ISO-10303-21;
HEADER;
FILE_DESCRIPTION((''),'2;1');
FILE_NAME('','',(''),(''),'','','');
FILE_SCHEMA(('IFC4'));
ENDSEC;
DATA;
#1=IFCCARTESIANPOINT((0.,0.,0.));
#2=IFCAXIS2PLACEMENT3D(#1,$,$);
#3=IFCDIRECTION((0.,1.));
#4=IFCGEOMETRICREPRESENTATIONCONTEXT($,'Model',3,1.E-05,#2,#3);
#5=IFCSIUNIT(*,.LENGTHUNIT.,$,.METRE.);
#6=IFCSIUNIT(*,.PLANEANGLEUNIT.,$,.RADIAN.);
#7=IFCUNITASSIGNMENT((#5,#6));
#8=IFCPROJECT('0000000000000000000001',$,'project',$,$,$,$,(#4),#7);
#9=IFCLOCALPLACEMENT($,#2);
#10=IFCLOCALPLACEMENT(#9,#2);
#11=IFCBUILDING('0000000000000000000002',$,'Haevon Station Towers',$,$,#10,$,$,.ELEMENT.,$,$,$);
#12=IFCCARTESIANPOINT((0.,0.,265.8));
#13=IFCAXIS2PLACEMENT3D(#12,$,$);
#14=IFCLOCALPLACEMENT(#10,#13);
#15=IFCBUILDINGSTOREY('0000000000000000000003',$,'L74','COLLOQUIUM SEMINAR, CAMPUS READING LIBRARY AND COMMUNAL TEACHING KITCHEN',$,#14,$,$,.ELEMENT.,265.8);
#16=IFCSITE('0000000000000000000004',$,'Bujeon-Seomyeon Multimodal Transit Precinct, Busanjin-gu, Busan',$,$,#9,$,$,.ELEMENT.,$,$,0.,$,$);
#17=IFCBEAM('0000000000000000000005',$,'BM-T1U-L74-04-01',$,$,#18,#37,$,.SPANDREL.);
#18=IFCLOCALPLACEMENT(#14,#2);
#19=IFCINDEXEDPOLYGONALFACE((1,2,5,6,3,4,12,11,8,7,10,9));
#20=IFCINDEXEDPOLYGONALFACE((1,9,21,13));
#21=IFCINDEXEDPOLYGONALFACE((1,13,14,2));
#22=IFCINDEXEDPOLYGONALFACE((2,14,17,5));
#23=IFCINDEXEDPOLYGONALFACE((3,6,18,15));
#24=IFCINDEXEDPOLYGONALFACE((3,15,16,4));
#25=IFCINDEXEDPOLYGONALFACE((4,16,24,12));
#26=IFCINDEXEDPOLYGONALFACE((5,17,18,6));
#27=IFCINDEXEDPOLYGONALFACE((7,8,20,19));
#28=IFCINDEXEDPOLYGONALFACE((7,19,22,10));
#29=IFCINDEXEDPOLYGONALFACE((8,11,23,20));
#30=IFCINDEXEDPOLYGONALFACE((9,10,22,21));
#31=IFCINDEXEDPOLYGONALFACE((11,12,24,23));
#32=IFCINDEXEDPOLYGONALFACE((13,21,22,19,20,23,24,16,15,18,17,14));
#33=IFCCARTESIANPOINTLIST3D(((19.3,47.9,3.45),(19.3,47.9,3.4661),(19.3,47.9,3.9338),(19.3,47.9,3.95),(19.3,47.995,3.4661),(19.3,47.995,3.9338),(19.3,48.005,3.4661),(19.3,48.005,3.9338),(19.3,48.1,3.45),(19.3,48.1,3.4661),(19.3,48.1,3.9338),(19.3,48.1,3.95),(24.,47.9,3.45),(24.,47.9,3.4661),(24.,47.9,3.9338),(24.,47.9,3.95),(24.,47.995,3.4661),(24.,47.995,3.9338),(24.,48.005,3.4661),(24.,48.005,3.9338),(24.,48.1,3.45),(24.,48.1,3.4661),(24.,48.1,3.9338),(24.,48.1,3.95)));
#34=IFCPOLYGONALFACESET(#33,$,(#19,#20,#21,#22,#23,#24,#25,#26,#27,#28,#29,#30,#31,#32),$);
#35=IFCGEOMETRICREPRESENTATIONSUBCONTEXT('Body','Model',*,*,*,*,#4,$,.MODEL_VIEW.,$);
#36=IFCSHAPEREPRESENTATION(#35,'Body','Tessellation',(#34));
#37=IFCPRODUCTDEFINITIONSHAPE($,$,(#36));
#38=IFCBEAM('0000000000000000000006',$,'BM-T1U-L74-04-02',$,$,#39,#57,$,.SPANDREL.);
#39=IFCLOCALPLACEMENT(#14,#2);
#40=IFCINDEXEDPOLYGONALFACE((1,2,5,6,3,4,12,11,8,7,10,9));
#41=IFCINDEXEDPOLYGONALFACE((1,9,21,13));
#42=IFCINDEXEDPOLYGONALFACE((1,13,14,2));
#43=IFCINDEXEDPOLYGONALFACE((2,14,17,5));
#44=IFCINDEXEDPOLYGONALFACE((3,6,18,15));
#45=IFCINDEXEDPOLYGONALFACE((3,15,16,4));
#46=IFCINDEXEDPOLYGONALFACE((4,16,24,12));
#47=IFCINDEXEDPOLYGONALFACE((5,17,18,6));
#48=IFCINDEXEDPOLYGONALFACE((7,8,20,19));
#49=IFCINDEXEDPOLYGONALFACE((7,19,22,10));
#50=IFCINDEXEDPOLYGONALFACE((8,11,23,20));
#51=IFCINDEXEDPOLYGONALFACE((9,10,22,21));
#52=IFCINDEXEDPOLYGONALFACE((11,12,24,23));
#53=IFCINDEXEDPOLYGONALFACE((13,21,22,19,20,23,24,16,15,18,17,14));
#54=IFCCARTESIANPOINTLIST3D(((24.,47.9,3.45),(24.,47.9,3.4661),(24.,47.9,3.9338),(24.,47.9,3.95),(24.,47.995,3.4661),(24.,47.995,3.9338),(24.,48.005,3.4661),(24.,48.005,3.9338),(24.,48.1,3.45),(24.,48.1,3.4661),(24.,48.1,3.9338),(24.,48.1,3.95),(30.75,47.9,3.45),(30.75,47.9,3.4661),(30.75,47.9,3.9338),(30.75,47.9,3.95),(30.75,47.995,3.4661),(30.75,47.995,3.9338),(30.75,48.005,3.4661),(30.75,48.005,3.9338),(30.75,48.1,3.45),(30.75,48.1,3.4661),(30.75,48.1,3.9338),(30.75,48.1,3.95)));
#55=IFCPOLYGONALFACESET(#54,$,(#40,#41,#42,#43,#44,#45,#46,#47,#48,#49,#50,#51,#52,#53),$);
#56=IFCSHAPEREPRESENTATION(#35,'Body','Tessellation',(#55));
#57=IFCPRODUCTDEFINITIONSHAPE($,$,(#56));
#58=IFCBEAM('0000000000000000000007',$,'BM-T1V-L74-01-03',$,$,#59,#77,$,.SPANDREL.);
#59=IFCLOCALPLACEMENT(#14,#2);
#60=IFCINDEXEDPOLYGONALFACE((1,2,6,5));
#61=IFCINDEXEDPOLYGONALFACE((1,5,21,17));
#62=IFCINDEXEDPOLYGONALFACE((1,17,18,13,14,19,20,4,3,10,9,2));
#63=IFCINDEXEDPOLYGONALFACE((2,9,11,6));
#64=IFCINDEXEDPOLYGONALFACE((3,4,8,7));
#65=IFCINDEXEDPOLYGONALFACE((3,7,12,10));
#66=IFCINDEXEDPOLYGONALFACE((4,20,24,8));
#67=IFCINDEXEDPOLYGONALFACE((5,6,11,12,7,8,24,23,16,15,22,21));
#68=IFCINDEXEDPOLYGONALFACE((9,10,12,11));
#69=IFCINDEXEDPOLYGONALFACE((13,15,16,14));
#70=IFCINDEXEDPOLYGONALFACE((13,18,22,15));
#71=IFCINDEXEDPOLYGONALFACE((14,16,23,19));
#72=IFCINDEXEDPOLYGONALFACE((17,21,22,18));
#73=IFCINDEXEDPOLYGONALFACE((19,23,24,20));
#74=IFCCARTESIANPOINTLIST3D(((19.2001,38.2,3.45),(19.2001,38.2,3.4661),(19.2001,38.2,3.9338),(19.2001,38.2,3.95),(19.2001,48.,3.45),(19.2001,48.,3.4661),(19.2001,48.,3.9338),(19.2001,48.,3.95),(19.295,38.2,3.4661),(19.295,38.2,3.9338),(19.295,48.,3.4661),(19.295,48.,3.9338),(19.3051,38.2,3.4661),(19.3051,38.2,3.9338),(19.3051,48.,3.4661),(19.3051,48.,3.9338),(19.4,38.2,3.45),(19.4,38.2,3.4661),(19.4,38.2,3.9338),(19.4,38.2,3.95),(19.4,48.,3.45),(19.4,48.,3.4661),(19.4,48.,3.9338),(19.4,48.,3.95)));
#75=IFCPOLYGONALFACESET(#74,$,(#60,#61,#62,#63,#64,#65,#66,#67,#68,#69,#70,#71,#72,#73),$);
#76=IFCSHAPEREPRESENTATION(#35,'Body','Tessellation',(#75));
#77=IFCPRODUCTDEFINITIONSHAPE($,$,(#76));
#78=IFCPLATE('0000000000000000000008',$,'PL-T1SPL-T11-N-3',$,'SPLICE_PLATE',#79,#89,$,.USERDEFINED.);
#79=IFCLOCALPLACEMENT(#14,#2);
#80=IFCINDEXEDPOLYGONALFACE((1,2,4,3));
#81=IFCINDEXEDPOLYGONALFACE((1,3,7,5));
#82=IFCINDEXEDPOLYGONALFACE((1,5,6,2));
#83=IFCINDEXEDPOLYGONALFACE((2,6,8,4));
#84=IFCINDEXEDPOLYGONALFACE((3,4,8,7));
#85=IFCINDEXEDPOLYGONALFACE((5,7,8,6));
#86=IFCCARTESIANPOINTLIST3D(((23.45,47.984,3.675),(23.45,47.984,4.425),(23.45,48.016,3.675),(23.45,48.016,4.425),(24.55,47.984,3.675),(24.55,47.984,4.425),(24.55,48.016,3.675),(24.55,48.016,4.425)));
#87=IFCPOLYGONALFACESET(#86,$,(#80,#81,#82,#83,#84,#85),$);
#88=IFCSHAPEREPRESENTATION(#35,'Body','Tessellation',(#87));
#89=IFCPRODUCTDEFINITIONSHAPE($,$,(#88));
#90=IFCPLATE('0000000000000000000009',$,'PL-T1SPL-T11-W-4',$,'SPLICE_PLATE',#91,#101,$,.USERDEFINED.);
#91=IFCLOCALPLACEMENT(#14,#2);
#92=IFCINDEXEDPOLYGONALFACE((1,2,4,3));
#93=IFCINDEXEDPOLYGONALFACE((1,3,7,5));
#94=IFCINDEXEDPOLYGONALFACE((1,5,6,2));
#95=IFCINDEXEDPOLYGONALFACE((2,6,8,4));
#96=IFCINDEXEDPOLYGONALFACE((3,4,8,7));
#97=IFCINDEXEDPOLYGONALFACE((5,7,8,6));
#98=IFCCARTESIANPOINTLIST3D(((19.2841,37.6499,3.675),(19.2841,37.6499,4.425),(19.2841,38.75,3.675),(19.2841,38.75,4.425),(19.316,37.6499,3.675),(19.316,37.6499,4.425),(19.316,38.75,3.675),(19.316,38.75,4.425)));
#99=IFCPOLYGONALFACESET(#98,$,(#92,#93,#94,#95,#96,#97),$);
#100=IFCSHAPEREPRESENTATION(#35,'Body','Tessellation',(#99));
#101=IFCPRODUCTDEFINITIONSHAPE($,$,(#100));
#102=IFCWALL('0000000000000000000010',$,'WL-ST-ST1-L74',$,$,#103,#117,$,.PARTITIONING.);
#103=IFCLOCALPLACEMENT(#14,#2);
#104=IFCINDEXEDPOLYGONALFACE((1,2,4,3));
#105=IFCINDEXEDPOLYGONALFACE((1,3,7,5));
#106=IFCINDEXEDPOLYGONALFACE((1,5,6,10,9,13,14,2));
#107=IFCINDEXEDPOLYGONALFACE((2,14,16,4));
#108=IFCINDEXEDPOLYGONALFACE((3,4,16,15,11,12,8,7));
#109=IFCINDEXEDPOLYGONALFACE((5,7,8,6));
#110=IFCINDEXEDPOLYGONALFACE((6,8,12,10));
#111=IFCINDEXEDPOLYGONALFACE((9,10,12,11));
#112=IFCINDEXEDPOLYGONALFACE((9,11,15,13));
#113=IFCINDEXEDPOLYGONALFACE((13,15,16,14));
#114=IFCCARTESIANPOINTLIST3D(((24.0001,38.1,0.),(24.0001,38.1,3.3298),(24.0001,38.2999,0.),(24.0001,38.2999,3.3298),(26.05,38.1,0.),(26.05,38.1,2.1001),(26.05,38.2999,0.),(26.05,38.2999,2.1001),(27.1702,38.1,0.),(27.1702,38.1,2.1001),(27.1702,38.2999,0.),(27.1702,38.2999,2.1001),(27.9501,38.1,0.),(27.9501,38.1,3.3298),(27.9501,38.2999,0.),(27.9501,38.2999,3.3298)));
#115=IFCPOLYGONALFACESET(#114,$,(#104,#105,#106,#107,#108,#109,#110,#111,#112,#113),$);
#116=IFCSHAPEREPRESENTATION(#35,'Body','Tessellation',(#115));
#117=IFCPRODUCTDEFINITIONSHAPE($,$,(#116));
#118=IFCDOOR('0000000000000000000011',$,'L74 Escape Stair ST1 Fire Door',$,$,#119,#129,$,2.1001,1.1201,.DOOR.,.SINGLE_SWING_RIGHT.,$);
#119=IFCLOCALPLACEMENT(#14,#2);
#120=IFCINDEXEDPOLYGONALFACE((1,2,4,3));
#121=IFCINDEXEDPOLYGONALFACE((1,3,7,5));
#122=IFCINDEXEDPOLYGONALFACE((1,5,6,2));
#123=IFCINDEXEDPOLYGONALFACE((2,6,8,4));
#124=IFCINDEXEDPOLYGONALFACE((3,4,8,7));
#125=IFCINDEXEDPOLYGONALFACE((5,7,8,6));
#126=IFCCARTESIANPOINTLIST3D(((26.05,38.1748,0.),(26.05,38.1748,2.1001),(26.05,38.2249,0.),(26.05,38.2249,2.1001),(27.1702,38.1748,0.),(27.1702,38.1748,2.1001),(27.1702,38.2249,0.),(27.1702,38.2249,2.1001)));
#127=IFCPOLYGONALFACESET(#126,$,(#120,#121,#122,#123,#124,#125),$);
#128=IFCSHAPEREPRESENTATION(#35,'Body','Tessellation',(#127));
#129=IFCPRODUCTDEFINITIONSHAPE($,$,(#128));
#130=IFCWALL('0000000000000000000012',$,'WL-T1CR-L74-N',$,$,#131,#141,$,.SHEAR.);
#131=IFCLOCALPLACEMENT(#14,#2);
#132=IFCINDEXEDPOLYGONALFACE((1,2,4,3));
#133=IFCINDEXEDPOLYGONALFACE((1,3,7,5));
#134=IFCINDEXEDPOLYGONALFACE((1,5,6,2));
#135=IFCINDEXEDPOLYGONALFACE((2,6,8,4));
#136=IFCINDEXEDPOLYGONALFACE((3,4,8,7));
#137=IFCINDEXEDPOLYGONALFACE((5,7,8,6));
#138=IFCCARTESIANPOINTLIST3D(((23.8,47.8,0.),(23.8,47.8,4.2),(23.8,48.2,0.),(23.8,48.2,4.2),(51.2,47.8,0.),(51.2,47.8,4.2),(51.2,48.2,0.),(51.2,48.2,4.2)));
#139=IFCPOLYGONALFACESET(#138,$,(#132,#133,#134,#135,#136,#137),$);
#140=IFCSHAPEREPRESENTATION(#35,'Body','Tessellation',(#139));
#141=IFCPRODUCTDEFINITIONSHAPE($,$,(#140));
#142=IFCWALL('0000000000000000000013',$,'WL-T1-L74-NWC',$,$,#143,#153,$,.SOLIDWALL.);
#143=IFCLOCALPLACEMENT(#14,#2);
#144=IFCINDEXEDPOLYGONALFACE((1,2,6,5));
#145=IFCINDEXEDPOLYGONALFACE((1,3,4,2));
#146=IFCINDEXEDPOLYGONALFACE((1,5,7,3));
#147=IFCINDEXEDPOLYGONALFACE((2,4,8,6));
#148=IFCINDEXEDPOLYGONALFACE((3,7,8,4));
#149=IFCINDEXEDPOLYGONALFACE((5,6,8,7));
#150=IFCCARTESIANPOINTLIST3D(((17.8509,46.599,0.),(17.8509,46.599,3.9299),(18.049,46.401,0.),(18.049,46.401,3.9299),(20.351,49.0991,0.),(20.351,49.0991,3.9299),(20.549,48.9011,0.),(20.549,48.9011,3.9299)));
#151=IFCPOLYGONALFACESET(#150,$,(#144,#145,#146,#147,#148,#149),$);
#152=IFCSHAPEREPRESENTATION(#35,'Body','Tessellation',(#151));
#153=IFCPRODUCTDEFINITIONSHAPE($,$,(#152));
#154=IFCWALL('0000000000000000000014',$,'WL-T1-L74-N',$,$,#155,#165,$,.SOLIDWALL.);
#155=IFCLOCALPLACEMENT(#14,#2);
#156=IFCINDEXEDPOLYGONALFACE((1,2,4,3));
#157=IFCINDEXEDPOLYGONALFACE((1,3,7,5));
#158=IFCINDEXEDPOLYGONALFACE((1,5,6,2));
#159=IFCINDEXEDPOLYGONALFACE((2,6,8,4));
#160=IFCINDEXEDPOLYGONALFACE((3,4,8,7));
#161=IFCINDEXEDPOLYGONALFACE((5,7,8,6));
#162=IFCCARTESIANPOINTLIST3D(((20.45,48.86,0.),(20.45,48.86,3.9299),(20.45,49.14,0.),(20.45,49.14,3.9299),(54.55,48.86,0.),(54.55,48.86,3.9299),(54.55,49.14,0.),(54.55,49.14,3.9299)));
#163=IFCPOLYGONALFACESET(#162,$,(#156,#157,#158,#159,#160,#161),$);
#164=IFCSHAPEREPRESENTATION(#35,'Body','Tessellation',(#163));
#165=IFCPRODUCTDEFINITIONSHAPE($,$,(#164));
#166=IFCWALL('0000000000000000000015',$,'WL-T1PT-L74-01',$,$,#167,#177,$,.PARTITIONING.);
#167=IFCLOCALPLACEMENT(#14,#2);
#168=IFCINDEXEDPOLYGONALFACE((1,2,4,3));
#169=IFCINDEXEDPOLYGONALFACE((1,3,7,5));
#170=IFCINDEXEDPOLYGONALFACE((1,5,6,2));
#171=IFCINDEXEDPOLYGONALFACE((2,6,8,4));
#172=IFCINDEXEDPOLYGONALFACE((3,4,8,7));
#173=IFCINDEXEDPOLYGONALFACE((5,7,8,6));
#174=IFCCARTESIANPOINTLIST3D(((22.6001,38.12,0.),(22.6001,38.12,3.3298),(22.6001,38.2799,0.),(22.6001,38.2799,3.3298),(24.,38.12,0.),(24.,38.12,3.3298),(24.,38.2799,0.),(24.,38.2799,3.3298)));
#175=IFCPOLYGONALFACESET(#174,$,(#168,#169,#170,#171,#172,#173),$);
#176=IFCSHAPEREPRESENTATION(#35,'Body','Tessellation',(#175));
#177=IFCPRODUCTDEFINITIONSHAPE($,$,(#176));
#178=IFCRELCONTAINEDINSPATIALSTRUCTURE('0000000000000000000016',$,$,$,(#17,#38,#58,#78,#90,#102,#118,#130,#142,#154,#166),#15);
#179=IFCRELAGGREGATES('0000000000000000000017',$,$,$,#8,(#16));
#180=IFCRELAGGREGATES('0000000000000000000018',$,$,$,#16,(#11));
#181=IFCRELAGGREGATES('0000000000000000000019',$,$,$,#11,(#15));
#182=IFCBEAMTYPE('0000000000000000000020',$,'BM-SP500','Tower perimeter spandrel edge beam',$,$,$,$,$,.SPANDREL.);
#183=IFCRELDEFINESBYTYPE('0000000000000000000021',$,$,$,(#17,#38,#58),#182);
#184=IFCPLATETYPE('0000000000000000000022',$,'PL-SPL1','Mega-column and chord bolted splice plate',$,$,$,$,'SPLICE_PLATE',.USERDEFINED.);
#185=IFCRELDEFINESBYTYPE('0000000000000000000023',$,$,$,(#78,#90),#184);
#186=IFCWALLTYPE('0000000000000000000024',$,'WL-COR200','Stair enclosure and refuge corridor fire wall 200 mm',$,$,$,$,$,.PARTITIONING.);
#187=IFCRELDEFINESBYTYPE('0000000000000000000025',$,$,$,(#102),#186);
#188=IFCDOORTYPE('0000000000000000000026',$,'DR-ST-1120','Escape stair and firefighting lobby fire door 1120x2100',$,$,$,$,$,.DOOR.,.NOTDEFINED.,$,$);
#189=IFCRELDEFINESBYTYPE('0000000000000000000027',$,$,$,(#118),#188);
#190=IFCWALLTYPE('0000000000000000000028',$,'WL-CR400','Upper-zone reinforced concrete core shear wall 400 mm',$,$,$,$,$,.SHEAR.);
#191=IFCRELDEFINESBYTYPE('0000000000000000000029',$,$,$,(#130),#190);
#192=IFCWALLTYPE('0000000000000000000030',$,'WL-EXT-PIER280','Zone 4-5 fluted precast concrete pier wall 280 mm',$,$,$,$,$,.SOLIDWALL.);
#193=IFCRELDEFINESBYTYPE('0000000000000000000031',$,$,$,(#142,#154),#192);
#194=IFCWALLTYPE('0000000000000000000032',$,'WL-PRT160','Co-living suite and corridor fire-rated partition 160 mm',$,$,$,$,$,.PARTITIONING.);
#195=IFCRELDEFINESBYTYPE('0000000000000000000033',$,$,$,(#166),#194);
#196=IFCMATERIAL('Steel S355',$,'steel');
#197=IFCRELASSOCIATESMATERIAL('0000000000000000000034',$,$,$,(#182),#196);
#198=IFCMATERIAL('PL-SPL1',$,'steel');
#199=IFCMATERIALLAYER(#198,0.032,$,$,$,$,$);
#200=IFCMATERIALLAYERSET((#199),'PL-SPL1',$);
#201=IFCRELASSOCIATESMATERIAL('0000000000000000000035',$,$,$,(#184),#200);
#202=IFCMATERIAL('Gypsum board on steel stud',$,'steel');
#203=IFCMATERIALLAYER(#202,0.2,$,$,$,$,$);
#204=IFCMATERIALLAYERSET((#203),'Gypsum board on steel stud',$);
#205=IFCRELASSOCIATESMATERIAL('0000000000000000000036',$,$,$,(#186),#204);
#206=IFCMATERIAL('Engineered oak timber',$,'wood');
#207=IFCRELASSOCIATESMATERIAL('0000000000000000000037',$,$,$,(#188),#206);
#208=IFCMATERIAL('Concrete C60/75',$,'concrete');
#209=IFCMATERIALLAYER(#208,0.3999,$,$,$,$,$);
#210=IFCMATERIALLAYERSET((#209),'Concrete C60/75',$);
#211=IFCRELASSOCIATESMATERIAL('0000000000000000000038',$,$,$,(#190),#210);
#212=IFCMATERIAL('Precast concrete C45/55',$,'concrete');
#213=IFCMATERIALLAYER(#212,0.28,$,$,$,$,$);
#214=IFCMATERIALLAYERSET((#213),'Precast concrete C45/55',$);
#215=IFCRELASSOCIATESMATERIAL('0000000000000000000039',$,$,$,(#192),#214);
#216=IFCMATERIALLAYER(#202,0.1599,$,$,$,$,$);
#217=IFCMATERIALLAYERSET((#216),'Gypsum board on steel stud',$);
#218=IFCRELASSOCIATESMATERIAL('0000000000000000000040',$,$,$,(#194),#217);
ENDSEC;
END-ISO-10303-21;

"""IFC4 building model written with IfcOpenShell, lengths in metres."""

from ifc_helpers import new_model, si_unit, direction, frame, frame_2d, origin, origin_2d, place, context, subcontext, project, spatial, rectangle, i_section, extrude, material, layer, layer_set, material_profile, profile_set, type_object, element, fill, save


model = new_model("IFC4")

# Units and contexts
model_context = context("Model", 3, precision=1e-05, world=origin(), true_north=direction((0.0, 1.0)))
body_context = subcontext(model_context, "Body", "Model", "MODEL_VIEW")
ifc_project = project(units=[si_unit("LENGTHUNIT", "METRE"), si_unit("PLANEANGLEUNIT", "RADIAN")], contexts=[model_context])

# Site, building, storey
site_placement = place(None, origin())
site = spatial("IfcSite", under=ifc_project, at=site_placement, Name="Bujeon-Seomyeon Multimodal Transit Precinct, Busanjin-gu, Busan", CompositionType="ELEMENT", RefElevation=0.0)
building_placement = place(site_placement, origin())
building = spatial("IfcBuilding", under=site, at=building_placement, Name="Haevon Station Towers", CompositionType="ELEMENT")
storey_placement = place(building_placement, frame((0.0, 0.0, 265.8)))
storey = spatial("IfcBuildingStorey", under=building, at=storey_placement, Name="L74", Description="COLLOQUIUM SEMINAR, CAMPUS READING LIBRARY AND COMMUNAL TEACHING KITCHEN", CompositionType="ELEMENT", Elevation=265.8)

# Shared definitions
ifc_material_1 = material(Name="Steel S355", Category="steel")

# Beams
ifc_material_profile_1 = material_profile(ifc_material_1, i_section(OverallWidth=0.2, OverallDepth=0.5, WebThickness=0.01, FlangeThickness=0.0161, at=origin_2d()), Name="H-500x200x10x16")
ifc_profile_set_1 = profile_set([ifc_material_profile_1], Name="Steel S355")
beam_type_1 = type_object("IfcBeamType", Name="BM-SP500", Description="Tower perimeter spandrel edge beam", PredefinedType="SPANDREL", material=ifc_profile_set_1)
beam_1_placement = place(storey_placement, frame((19.3, 48.0, 3.7), z_axis=(1.0, 0.0, 0.0), x_axis=(0.0, 1.0, 0.0)))
element("IfcBeam", 1, at=beam_1_placement, inside=storey, type_object=beam_type_1, Name="BM-T1U-L74-04-01", PredefinedType="SPANDREL", context=body_context, shape_type="SweptSolid", body=[
    extrude(i_section(OverallWidth=0.2, OverallDepth=0.5, WebThickness=0.01, FlangeThickness=0.0161, at=origin_2d()), origin(), (0.0, 0.0, 1.0), 4.7),
])
beam_2_placement = place(storey_placement, frame((24.0, 48.0, 3.7), z_axis=(1.0, 0.0, 0.0), x_axis=(0.0, 1.0, 0.0)))
element("IfcBeam", 2, at=beam_2_placement, inside=storey, type_object=beam_type_1, Name="BM-T1U-L74-04-02", PredefinedType="SPANDREL", context=body_context, shape_type="SweptSolid", body=[
    extrude(i_section(OverallWidth=0.2, OverallDepth=0.5, WebThickness=0.01, FlangeThickness=0.0161, at=origin_2d()), origin(), (0.0, 0.0, 1.0), 6.75),
])
beam_3_placement = place(storey_placement, frame((19.3, 38.2, 3.7), z_axis=(0.0, 1.0, 0.0), x_axis=(-1.0, 0.0, 0.0)))
element("IfcBeam", 3, at=beam_3_placement, inside=storey, type_object=beam_type_1, Name="BM-T1V-L74-01-03", PredefinedType="SPANDREL", context=body_context, shape_type="SweptSolid", body=[
    extrude(i_section(OverallWidth=0.2, OverallDepth=0.5, WebThickness=0.01, FlangeThickness=0.0161, at=origin_2d()), origin(), (0.0, 0.0, 1.0), 9.8),
])

# Plates
ifc_material_2 = material(Name="PL-SPL1", Category="steel")
ifc_layer_1 = layer(ifc_material_2, 0.032)
ifc_layer_set_1 = layer_set([ifc_layer_1], Name="PL-SPL1")
plate_type = type_object("IfcPlateType", Name="PL-SPL1", Description="Mega-column and chord bolted splice plate", ElementType="SPLICE_PLATE", PredefinedType="USERDEFINED", material=ifc_layer_set_1)
for number, where, z_axis, x_axis, name in (
    (4, (24.0, 48.0, 3.675), (0.0, 0.0, 1.0), (1.0, 0.0, 0.0), "PL-T1SPL-T11-N-3"),
    (5, (19.3, 38.2, 3.675), (0.0, 0.0, 1.0), (0.0, 1.0, 0.0), "PL-T1SPL-T11-W-4"),
):
    element("IfcPlate", number, at=place(storey_placement, frame(where, z_axis=z_axis, x_axis=x_axis)), inside=storey, type_object=plate_type, Name=name, ObjectType="SPLICE_PLATE", PredefinedType="USERDEFINED", context=body_context, shape_type="SweptSolid", body=[
        extrude(rectangle(XDim=1.1001, YDim=0.032, at=origin_2d()), origin(), (0.0, 0.0, 1.0), 0.75),
    ])

# Wall, opening, door
ifc_material_3 = material(Name="Gypsum board on steel stud", Category="steel")
ifc_layer_2 = layer(ifc_material_3, 0.2)
ifc_layer_set_2 = layer_set([ifc_layer_2], Name="Gypsum board on steel stud")
wall_type_1 = type_object("IfcWallType", Name="WL-COR200", Description="Stair enclosure and refuge corridor fire wall 200 mm", PredefinedType="PARTITIONING", material=ifc_layer_set_2)
wall_1_placement = place(storey_placement, frame((24.0, 38.2, 0.0), z_axis=(0.0, 0.0, 1.0), x_axis=(1.0, 0.0, 0.0)))
wall_1 = element("IfcWall", 6, at=wall_1_placement, inside=storey, type_object=wall_type_1, Name="WL-ST-ST1-L74", PredefinedType="PARTITIONING", context=body_context, shape_type="SweptSolid", body=[
    extrude(rectangle(XDim=3.95, YDim=0.2, at=frame_2d((1.9751, 0.0))), origin(), (0.0, 0.0, 1.0), 3.3298),
])
opening_placement = place(wall_1_placement, frame((2.05, 0.0, 0.0)))
opening = element("IfcOpeningElement", 7, at=opening_placement, cuts=wall_1, PredefinedType="OPENING", context=body_context, shape_type="SweptSolid", body=[
    extrude(rectangle(XDim=1.1201, YDim=2.1001, at=frame_2d((0.5601, 1.05))), frame((0.0, 0.1099, 0.0), z_axis=(0.0, -1.0, 0.0), x_axis=(1.0, 0.0, 0.0)), (0.0, 0.0, 1.0), 0.22),
])
ifc_material_4 = material(Name="Engineered oak timber", Category="wood")
door_type = type_object("IfcDoorType", Name="DR-ST-1120", Description="Escape stair and firefighting lobby fire door 1120x2100", OperationType="NOTDEFINED", PredefinedType="DOOR", material=ifc_material_4)
door_placement = place(opening_placement, origin())
door = element("IfcDoor", 8, at=door_placement, inside=storey, type_object=door_type, Name="L74 Escape Stair ST1 Fire Door", OperationType="SINGLE_SWING_RIGHT", OverallHeight=2.1001, OverallWidth=1.1201, PredefinedType="DOOR", context=body_context, shape_type="SweptSolid", body=[
    extrude(rectangle(XDim=1.1201, YDim=2.1001, at=frame_2d((0.5601, 1.05))), frame((0.0, 0.0249, 0.0), z_axis=(0.0, -1.0, 0.0), x_axis=(1.0, 0.0, 0.0)), (0.0, 0.0, 1.0), 0.05),
])
fill(opening, door)

# Walls
ifc_material_5 = material(Name="Concrete C60/75", Category="concrete")
ifc_layer_3 = layer(ifc_material_5, 0.3999)
ifc_layer_set_3 = layer_set([ifc_layer_3], Name="Concrete C60/75")
wall_type_2 = type_object("IfcWallType", Name="WL-CR400", Description="Upper-zone reinforced concrete core shear wall 400 mm", PredefinedType="SHEAR", material=ifc_layer_set_3)
wall_2_placement = place(storey_placement, frame((23.8, 48.0, 0.0), z_axis=(0.0, 0.0, 1.0), x_axis=(1.0, 0.0, 0.0)))
element("IfcWall", 9, at=wall_2_placement, inside=storey, type_object=wall_type_2, Name="WL-T1CR-L74-N", PredefinedType="SHEAR", context=body_context, shape_type="SweptSolid", body=[
    extrude(rectangle(XDim=27.3999, YDim=0.3999, at=frame_2d((13.7, 0.0))), origin(), (0.0, 0.0, 1.0), 4.2),
])
ifc_material_6 = material(Name="Precast concrete C45/55", Category="concrete")
ifc_layer_4 = layer(ifc_material_6, 0.28)
ifc_layer_set_4 = layer_set([ifc_layer_4], Name="Precast concrete C45/55")
wall_type_3 = type_object("IfcWallType", Name="WL-EXT-PIER280", Description="Zone 4-5 fluted precast concrete pier wall 280 mm", PredefinedType="SOLIDWALL", material=ifc_layer_set_4)
wall_3_placement = place(storey_placement, frame((17.95, 46.5, 0.0), z_axis=(0.0, 0.0, 1.0), x_axis=(0.707107, 0.707107, 0.0)))
element("IfcWall", 10, at=wall_3_placement, inside=storey, type_object=wall_type_3, Name="WL-T1-L74-NWC", PredefinedType="SOLIDWALL", context=body_context, shape_type="SweptSolid", body=[
    extrude(rectangle(XDim=3.5356, YDim=0.28, at=frame_2d((1.7678, 0.0))), origin(), (0.0, 0.0, 1.0), 3.9299),
])
wall_4_placement = place(storey_placement, frame((20.45, 49.0, 0.0), z_axis=(0.0, 0.0, 1.0), x_axis=(1.0, 0.0, 0.0)))
element("IfcWall", 11, at=wall_4_placement, inside=storey, type_object=wall_type_3, Name="WL-T1-L74-N", PredefinedType="SOLIDWALL", context=body_context, shape_type="SweptSolid", body=[
    extrude(rectangle(XDim=34.1001, YDim=0.28, at=frame_2d((17.05, 0.0))), origin(), (0.0, 0.0, 1.0), 3.9299),
])
ifc_layer_5 = layer(ifc_material_3, 0.1599)
ifc_layer_set_5 = layer_set([ifc_layer_5], Name="Gypsum board on steel stud")
wall_type_4 = type_object("IfcWallType", Name="WL-PRT160", Description="Co-living suite and corridor fire-rated partition 160 mm", PredefinedType="PARTITIONING", material=ifc_layer_set_5)
wall_5_placement = place(storey_placement, frame((22.6001, 38.2, 0.0), z_axis=(0.0, 0.0, 1.0), x_axis=(1.0, 0.0, 0.0)))
element("IfcWall", 12, at=wall_5_placement, inside=storey, type_object=wall_type_4, Name="WL-T1PT-L74-01", PredefinedType="PARTITIONING", context=body_context, shape_type="SweptSolid", body=[
    extrude(rectangle(XDim=1.3999, YDim=0.1599, at=frame_2d((0.7, 0.0))), origin(), (0.0, 0.0, 1.0), 3.3298),
])

save(model, "model.ifc")
